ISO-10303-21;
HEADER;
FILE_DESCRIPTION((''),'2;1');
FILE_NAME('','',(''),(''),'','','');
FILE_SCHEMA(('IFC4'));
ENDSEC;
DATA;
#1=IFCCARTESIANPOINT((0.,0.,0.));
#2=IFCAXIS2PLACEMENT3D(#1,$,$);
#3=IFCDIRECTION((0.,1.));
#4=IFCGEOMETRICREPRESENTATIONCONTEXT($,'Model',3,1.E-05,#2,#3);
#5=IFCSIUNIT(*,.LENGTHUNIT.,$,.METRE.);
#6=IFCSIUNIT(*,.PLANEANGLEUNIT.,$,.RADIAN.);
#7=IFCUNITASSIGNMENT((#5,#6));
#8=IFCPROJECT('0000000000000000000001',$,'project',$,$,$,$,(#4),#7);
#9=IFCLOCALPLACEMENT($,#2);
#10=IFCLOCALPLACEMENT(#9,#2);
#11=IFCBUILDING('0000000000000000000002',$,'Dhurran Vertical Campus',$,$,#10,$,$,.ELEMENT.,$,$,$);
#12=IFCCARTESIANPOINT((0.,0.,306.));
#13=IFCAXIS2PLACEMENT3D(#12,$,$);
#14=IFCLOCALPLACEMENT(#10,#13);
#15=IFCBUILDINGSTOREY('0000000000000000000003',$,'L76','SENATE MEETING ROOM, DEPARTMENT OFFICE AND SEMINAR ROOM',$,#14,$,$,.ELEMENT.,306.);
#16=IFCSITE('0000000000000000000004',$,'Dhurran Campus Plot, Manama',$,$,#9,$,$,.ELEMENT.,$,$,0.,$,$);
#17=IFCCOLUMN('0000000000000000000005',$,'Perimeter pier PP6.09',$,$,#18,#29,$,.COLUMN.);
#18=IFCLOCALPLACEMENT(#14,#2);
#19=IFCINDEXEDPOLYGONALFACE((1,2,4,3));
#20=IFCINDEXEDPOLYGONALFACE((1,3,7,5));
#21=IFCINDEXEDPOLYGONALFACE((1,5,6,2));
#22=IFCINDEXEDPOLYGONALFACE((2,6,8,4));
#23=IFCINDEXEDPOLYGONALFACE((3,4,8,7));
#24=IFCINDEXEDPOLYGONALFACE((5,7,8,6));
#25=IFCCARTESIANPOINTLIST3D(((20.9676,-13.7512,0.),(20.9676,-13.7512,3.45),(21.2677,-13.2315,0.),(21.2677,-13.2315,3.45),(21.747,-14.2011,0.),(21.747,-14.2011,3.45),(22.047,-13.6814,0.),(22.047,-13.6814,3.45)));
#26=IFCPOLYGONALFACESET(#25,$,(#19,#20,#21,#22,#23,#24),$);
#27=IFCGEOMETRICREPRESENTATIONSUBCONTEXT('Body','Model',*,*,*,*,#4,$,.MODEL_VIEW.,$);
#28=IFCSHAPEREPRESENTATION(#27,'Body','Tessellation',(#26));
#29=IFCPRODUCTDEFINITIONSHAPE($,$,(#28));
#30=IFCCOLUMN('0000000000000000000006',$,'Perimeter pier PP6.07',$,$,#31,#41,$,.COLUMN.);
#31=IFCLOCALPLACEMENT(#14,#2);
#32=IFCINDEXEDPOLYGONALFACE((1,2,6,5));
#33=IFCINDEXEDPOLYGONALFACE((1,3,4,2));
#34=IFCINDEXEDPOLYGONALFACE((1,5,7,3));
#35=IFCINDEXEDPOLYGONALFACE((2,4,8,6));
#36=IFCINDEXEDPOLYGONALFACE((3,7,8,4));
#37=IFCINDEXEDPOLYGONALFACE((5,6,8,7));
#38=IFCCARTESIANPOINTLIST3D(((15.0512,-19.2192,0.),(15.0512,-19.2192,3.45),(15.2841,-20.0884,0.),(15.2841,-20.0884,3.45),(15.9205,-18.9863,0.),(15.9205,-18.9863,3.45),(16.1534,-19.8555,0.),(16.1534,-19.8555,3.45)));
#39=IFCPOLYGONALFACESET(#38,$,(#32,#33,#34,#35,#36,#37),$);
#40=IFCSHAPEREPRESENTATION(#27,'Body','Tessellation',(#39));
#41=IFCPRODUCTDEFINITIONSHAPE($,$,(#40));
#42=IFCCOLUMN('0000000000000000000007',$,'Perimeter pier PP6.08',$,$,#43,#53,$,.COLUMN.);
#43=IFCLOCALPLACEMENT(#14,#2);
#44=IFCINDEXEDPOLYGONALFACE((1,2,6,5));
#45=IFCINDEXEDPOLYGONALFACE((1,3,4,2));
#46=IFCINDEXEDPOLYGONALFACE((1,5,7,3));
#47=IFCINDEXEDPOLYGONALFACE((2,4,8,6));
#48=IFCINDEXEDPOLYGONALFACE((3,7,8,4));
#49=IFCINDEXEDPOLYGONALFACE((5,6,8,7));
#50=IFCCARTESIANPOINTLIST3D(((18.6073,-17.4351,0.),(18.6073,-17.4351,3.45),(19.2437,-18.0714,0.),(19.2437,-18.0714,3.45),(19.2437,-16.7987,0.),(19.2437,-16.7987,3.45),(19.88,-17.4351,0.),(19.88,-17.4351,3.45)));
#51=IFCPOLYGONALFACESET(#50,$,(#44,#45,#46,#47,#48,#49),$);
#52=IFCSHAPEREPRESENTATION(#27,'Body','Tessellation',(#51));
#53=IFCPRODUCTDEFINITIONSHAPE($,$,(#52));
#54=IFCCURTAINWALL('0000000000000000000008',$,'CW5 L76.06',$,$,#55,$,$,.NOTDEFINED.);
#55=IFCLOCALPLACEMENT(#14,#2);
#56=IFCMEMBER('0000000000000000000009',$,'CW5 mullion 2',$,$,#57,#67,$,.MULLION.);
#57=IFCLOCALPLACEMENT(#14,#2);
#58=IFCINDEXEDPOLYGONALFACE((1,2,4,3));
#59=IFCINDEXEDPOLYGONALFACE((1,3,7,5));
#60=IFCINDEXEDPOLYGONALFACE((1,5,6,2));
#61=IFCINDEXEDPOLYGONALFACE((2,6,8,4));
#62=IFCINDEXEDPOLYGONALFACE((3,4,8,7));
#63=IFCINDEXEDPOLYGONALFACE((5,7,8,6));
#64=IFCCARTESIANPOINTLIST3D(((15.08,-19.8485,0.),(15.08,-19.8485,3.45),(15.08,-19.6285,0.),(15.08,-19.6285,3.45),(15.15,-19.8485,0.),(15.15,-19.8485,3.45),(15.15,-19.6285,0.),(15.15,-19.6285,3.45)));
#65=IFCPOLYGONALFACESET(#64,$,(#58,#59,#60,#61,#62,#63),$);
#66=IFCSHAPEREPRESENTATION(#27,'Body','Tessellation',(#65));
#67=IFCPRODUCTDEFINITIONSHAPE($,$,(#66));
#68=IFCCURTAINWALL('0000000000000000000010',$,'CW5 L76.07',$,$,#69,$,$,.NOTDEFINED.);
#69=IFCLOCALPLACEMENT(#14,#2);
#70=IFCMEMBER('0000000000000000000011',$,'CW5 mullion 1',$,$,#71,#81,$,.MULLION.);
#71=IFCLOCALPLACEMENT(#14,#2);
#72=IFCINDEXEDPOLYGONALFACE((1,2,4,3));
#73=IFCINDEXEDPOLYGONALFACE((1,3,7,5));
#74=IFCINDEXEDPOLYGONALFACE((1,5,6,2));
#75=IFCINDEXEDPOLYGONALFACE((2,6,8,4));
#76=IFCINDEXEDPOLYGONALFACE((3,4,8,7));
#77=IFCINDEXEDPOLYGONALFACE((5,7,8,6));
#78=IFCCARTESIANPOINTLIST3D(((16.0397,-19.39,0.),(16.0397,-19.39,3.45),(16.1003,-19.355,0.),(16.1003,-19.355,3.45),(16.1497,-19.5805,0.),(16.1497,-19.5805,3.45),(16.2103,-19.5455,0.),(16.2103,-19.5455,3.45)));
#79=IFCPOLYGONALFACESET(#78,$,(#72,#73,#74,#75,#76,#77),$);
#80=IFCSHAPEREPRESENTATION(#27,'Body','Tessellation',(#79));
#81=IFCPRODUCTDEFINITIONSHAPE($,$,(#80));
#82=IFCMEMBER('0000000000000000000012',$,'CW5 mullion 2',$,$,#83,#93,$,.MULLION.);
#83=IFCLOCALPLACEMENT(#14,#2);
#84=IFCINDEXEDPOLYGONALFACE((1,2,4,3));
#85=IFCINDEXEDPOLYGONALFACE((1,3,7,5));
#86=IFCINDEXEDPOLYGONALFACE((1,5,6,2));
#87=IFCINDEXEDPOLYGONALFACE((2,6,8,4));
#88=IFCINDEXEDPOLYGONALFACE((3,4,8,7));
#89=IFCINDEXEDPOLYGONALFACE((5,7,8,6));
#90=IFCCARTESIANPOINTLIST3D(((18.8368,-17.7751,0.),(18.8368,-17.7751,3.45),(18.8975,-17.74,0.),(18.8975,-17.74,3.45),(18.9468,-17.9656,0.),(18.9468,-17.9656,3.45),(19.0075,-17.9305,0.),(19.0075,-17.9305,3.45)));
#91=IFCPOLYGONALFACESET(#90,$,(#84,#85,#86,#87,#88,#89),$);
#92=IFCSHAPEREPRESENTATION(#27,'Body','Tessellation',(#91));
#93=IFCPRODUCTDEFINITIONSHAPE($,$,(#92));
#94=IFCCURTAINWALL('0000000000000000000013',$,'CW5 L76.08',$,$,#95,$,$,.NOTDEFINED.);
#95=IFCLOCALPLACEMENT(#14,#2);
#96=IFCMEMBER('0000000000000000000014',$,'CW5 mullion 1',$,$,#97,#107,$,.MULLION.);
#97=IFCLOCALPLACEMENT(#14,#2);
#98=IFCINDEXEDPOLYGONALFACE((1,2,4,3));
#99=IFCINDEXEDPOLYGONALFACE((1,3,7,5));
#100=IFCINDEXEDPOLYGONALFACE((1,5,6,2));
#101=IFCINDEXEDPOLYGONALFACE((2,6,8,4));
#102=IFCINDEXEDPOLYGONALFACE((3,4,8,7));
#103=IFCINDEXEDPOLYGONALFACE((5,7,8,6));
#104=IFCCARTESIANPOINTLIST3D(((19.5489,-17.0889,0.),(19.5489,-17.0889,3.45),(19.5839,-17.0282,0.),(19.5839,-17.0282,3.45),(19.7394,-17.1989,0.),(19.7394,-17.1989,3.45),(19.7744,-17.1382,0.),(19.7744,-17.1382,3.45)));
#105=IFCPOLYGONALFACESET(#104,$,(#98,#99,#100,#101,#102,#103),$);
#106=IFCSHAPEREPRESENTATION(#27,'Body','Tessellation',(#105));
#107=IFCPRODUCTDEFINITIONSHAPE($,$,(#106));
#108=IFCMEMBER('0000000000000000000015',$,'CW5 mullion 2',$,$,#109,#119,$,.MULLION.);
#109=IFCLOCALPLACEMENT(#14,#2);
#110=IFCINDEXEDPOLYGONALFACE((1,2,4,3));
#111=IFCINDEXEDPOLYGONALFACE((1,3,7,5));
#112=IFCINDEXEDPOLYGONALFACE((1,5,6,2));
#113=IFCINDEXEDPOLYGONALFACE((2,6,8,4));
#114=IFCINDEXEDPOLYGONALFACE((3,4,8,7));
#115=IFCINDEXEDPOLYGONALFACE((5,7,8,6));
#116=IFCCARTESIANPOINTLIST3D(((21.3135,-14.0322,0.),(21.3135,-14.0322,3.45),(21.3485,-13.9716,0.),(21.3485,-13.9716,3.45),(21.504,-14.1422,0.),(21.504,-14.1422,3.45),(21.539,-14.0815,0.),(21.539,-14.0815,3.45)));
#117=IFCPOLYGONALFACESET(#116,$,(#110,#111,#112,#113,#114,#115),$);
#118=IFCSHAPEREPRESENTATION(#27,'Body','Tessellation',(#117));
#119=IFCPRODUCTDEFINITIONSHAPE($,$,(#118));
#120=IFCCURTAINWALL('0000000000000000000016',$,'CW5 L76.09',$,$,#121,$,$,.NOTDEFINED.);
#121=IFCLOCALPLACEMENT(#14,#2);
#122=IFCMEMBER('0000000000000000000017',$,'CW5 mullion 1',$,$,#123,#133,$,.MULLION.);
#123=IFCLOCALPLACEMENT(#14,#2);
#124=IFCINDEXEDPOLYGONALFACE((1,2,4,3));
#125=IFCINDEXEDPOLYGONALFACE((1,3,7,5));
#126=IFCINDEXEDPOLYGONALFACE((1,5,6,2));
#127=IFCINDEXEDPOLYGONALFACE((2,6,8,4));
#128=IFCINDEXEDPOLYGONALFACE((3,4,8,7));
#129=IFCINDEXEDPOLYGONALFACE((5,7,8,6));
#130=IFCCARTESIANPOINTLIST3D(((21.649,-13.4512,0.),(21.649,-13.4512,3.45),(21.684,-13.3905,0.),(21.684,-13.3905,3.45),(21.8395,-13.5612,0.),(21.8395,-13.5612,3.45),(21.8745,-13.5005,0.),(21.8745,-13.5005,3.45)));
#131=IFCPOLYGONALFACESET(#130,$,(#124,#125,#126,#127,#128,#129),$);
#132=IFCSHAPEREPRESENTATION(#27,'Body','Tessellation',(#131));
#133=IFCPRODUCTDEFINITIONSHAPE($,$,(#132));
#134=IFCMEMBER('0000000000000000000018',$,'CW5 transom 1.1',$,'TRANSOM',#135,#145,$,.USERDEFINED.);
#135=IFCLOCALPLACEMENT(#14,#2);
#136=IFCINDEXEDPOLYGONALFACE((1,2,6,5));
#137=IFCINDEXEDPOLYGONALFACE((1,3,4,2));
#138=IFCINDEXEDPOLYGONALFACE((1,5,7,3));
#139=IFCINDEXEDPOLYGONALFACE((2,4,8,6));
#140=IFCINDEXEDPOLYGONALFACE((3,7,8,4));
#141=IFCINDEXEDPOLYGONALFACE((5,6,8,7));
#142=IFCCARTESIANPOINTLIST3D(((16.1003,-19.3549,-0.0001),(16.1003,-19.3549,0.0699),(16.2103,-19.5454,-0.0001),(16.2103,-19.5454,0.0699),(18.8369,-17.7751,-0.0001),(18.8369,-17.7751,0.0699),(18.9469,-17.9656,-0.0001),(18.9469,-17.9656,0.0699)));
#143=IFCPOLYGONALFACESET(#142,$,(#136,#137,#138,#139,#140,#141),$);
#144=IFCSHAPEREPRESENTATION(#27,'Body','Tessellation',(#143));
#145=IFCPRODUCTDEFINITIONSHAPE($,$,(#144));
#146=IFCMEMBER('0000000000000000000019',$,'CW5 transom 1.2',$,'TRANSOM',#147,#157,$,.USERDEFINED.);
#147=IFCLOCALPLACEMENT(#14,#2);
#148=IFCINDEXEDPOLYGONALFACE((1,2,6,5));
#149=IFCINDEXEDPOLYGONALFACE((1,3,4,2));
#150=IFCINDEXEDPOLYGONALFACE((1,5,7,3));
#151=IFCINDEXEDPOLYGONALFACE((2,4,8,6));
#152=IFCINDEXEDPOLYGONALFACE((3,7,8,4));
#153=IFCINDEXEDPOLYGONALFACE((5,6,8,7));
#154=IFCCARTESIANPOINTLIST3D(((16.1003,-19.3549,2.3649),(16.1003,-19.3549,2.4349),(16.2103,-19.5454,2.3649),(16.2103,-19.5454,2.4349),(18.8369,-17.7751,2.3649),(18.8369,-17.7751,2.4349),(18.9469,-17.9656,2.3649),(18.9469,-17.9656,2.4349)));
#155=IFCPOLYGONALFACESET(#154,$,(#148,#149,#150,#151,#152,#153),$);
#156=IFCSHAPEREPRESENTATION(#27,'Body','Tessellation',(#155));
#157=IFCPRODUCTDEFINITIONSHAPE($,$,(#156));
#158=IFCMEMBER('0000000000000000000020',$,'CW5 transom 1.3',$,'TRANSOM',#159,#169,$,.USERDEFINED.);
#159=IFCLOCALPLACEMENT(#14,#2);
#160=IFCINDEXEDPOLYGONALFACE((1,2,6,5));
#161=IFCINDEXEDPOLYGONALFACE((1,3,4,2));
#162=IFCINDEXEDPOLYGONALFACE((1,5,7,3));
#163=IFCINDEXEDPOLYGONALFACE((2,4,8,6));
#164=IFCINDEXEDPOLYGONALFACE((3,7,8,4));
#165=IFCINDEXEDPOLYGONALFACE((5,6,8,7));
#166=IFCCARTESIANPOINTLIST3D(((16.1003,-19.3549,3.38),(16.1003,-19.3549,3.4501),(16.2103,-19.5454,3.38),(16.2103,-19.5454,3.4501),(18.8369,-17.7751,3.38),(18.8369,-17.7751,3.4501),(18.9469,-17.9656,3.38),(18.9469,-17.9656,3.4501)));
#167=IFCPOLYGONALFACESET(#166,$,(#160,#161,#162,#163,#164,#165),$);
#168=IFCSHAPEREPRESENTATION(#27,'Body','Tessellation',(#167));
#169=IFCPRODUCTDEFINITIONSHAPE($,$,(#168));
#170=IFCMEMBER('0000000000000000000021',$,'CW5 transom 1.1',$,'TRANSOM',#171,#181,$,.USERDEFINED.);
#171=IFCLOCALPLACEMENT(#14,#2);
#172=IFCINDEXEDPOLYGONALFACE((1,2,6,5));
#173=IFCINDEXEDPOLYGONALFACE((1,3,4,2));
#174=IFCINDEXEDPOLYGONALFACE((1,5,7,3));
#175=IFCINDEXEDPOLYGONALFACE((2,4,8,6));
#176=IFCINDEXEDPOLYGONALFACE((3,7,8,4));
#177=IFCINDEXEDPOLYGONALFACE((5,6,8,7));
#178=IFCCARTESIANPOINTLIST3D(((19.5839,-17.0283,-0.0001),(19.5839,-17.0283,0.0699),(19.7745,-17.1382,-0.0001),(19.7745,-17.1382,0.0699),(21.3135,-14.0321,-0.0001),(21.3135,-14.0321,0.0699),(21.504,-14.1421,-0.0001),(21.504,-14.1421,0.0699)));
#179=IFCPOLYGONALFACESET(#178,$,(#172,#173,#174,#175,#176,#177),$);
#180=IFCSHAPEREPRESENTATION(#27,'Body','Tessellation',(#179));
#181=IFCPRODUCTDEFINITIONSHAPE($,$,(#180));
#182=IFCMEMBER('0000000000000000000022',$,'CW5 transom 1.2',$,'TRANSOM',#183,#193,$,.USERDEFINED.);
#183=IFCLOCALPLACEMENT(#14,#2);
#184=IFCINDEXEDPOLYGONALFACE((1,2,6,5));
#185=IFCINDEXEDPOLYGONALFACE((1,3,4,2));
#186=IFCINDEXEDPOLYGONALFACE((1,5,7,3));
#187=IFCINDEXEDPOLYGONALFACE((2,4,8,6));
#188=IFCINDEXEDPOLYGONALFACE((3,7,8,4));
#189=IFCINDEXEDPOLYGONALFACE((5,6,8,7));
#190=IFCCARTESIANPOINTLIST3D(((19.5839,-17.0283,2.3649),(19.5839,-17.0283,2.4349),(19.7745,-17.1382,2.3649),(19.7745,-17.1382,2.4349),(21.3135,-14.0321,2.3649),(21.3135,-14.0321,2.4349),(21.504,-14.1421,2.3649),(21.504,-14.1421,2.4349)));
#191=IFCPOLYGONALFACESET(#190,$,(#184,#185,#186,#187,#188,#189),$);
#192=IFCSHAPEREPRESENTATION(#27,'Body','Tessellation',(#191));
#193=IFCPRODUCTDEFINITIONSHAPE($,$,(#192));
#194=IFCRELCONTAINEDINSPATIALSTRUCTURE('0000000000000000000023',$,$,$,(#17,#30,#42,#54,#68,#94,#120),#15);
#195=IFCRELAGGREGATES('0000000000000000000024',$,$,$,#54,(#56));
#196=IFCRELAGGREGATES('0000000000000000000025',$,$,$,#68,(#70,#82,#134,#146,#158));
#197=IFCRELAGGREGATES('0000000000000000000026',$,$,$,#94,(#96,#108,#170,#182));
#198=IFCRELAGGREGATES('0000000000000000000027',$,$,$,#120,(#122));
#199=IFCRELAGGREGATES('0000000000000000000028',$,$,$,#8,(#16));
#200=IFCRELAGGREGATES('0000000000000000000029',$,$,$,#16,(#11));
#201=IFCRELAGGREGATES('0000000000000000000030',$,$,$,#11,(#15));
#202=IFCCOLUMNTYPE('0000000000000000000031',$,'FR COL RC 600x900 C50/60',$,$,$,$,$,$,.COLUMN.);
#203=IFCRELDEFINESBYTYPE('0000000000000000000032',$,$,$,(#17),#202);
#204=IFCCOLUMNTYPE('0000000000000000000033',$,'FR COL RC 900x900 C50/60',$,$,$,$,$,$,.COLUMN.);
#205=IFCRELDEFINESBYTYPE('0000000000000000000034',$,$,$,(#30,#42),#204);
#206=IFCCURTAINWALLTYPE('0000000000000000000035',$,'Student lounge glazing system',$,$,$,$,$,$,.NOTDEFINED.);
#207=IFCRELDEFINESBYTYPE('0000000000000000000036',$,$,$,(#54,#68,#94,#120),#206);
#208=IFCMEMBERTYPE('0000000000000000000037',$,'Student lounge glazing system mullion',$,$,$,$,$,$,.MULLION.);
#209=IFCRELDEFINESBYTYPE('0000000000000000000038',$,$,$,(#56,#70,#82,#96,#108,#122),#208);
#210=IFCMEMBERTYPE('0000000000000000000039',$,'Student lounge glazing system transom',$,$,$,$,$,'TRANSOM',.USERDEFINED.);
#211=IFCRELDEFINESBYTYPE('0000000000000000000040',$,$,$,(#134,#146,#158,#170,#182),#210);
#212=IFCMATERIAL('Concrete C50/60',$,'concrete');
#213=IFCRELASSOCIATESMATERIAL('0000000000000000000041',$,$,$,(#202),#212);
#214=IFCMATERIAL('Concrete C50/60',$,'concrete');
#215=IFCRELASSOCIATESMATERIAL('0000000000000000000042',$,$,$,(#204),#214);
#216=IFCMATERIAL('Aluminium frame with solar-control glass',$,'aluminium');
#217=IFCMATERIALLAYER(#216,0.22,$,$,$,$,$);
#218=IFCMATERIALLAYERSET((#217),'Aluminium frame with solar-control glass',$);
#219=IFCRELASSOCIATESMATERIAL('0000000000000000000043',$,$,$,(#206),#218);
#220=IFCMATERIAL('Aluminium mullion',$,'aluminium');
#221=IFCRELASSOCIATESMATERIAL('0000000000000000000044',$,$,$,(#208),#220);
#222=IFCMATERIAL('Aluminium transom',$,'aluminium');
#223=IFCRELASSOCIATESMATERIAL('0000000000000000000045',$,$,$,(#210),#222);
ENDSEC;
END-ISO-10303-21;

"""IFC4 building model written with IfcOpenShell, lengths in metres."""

from ifc_helpers import new_model, si_unit, direction, frame, origin, origin_2d, place, context, subcontext, project, spatial, rectangle, extrude, material, layer, layer_set, material_profile, profile_set, type_object, element, aggregate, save


model = new_model("IFC4")

# Units and contexts
model_context = context("Model", 3, precision=1e-05, world=origin(), true_north=direction((0.0, 1.0)))
body_context = subcontext(model_context, "Body", "Model", "MODEL_VIEW")
ifc_project = project(units=[si_unit("LENGTHUNIT", "METRE"), si_unit("PLANEANGLEUNIT", "RADIAN")], contexts=[model_context])

# Site, building, storey
site_placement = place(None, origin())
site = spatial("IfcSite", under=ifc_project, at=site_placement, Name="Dhurran Campus Plot, Manama", CompositionType="ELEMENT", RefElevation=0.0)
building_placement = place(site_placement, origin())
building = spatial("IfcBuilding", under=site, at=building_placement, Name="Dhurran Vertical Campus", CompositionType="ELEMENT")
storey_placement = place(building_placement, frame((0.0, 0.0, 306.0)))
storey = spatial("IfcBuildingStorey", under=building, at=storey_placement, Name="L76", Description="SENATE MEETING ROOM, DEPARTMENT OFFICE AND SEMINAR ROOM", CompositionType="ELEMENT", Elevation=306.0)

# Columns
ifc_material_1 = material(Name="Concrete C50/60", Category="concrete")
ifc_material_profile_1 = material_profile(ifc_material_1, rectangle(XDim=0.6001, YDim=0.8999, at=origin_2d()), Name="RC 600x900")
ifc_profile_set_1 = profile_set([ifc_material_profile_1], Name="Concrete C50/60")
column_type_1 = type_object("IfcColumnType", Name="FR COL RC 600x900 C50/60", PredefinedType="COLUMN", material=ifc_profile_set_1)
column_placement = place(storey_placement, frame((21.5073, -13.7163, 0.0), z_axis=(0.0, 0.0, 1.0), x_axis=(0.5, 0.866025, 0.0)))
element("IfcColumn", 1, at=column_placement, inside=storey, type_object=column_type_1, Name="Perimeter pier PP6.09", PredefinedType="COLUMN", context=body_context, shape_type="SweptSolid", body=[
    extrude(rectangle(XDim=0.6001, YDim=0.8999, at=origin_2d()), origin(), (0.0, 0.0, 1.0), 3.45),
])
ifc_material_2 = material(Name="Concrete C50/60", Category="concrete")
ifc_material_profile_2 = material_profile(ifc_material_2, rectangle(XDim=0.8999, YDim=0.8999, at=origin_2d()), Name="RC 900x900")
ifc_profile_set_2 = profile_set([ifc_material_profile_2], Name="Concrete C50/60")
column_type_2 = type_object("IfcColumnType", Name="FR COL RC 900x900 C50/60", PredefinedType="COLUMN", material=ifc_profile_set_2)
for number, where, z_axis, x_axis, name in (
    (2, (15.6023, -19.5374, 0.0), (0.0, 0.0, 1.0), (0.965926, 0.258819, 0.0), "Perimeter pier PP6.07"),
    (3, (19.2437, -17.4351, 0.0), (0.0, 0.0, 1.0), (0.707107, 0.707107, 0.0), "Perimeter pier PP6.08"),
):
    element("IfcColumn", number, at=place(storey_placement, frame(where, z_axis=z_axis, x_axis=x_axis)), inside=storey, type_object=column_type_2, Name=name, PredefinedType="COLUMN", context=body_context, shape_type="SweptSolid", body=[
        extrude(rectangle(XDim=0.8999, YDim=0.8999, at=origin_2d()), origin(), (0.0, 0.0, 1.0), 3.45),
    ])

# Curtain wall, member
ifc_material_3 = material(Name="Aluminium frame with solar-control glass", Category="aluminium")
ifc_layer_1 = layer(ifc_material_3, 0.22)
ifc_layer_set_1 = layer_set([ifc_layer_1], Name="Aluminium frame with solar-control glass")
curtain_wall_type = type_object("IfcCurtainWallType", Name="Student lounge glazing system", PredefinedType="NOTDEFINED", material=ifc_layer_set_1)
curtain_wall_1_placement = place(storey_placement, origin())
curtain_wall_1 = element("IfcCurtainWall", 4, at=curtain_wall_1_placement, inside=storey, type_object=curtain_wall_type, Name="CW5 L76.06", PredefinedType="NOTDEFINED")
ifc_material_4 = material(Name="Aluminium mullion", Category="aluminium")
ifc_material_profile_3 = material_profile(ifc_material_4, rectangle(XDim=0.22, YDim=0.0701, at=origin_2d()), Name="Student lounge glazing system mullion")
ifc_profile_set_3 = profile_set([ifc_material_profile_3], Name="Aluminium mullion")
member_type_1 = type_object("IfcMemberType", Name="Student lounge glazing system mullion", PredefinedType="MULLION", material=ifc_profile_set_3)
member_1_placement = place(storey_placement, frame((15.115, -19.7385, 0.0), z_axis=(0.0, 0.0, 1.0), x_axis=(0.0, 1.0, 0.0)))
member_1 = element("IfcMember", 5, at=member_1_placement, type_object=member_type_1, Name="CW5 mullion 2", PredefinedType="MULLION", context=body_context, shape_type="SweptSolid", body=[
    extrude(rectangle(XDim=0.22, YDim=0.0701, at=origin_2d()), origin(), (0.0, 0.0, 1.0), 3.45),
])

# Curtain walls, members
curtain_wall_2_placement = place(storey_placement, origin())
curtain_wall_2 = element("IfcCurtainWall", 6, at=curtain_wall_2_placement, inside=storey, type_object=curtain_wall_type, Name="CW5 L76.07", PredefinedType="NOTDEFINED")
member_2_placement = place(storey_placement, frame((16.125, -19.4678, 0.0), z_axis=(0.0, 0.0, 1.0), x_axis=(-0.500001, 0.866025, 0.0)))
member_2 = element("IfcMember", 7, at=member_2_placement, type_object=member_type_1, Name="CW5 mullion 1", PredefinedType="MULLION", context=body_context, shape_type="SweptSolid", body=[
    extrude(rectangle(XDim=0.22, YDim=0.0701, at=origin_2d()), origin(), (0.0, 0.0, 1.0), 3.45),
])
member_3_placement = place(storey_placement, frame((18.9221, -17.8528, 0.0), z_axis=(0.0, 0.0, 1.0), x_axis=(-0.500001, 0.866025, 0.0)))
member_3 = element("IfcMember", 8, at=member_3_placement, type_object=member_type_1, Name="CW5 mullion 2", PredefinedType="MULLION", context=body_context, shape_type="SweptSolid", body=[
    extrude(rectangle(XDim=0.22, YDim=0.0701, at=origin_2d()), origin(), (0.0, 0.0, 1.0), 3.45),
])
curtain_wall_3_placement = place(storey_placement, origin())
curtain_wall_3 = element("IfcCurtainWall", 9, at=curtain_wall_3_placement, inside=storey, type_object=curtain_wall_type, Name="CW5 L76.08", PredefinedType="NOTDEFINED")
member_4_placement = place(storey_placement, frame((19.6616, -17.1135, 0.0), z_axis=(0.0, 0.0, 1.0), x_axis=(-0.866027, 0.499997, 0.0)))
member_4 = element("IfcMember", 10, at=member_4_placement, type_object=member_type_1, Name="CW5 mullion 1", PredefinedType="MULLION", context=body_context, shape_type="SweptSolid", body=[
    extrude(rectangle(XDim=0.22, YDim=0.0701, at=origin_2d()), origin(), (0.0, 0.0, 1.0), 3.45),
])
member_5_placement = place(storey_placement, frame((21.4263, -14.0569, 0.0), z_axis=(0.0, 0.0, 1.0), x_axis=(-0.866027, 0.499997, 0.0)))
member_5 = element("IfcMember", 11, at=member_5_placement, type_object=member_type_1, Name="CW5 mullion 2", PredefinedType="MULLION", context=body_context, shape_type="SweptSolid", body=[
    extrude(rectangle(XDim=0.22, YDim=0.0701, at=origin_2d()), origin(), (0.0, 0.0, 1.0), 3.45),
])

# Curtain wall, member
curtain_wall_4_placement = place(storey_placement, origin())
curtain_wall_4 = element("IfcCurtainWall", 12, at=curtain_wall_4_placement, inside=storey, type_object=curtain_wall_type, Name="CW5 L76.09", PredefinedType="NOTDEFINED")
member_6_placement = place(storey_placement, frame((21.7617, -13.4758, 0.0), z_axis=(0.0, 0.0, 1.0), x_axis=(-0.866023, 0.500004, 0.0)))
member_6 = element("IfcMember", 13, at=member_6_placement, type_object=member_type_1, Name="CW5 mullion 1", PredefinedType="MULLION", context=body_context, shape_type="SweptSolid", body=[
    extrude(rectangle(XDim=0.22, YDim=0.0701, at=origin_2d()), origin(), (0.0, 0.0, 1.0), 3.45),
])

# Members
ifc_material_5 = material(Name="Aluminium transom", Category="aluminium")
ifc_material_profile_4 = material_profile(ifc_material_5, rectangle(XDim=0.22, YDim=0.0701, at=origin_2d()), Name="Student lounge glazing system transom")
ifc_profile_set_4 = profile_set([ifc_material_profile_4], Name="Aluminium transom")
member_type_2 = type_object("IfcMemberType", Name="Student lounge glazing system transom", ElementType="TRANSOM", PredefinedType="USERDEFINED", material=ifc_profile_set_4)
member_7_placement = place(storey_placement, frame((16.1553, -19.4502, 0.0349), z_axis=(0.866043, 0.49997, 0.0), x_axis=(-0.49997, 0.866043, 0.0)))
member_7 = element("IfcMember", 14, at=member_7_placement, type_object=member_type_2, Name="CW5 transom 1.1", ObjectType="TRANSOM", PredefinedType="USERDEFINED", context=body_context, shape_type="SweptSolid", body=[
    extrude(rectangle(XDim=0.22, YDim=0.0701, at=origin_2d()), origin(), (0.0, 0.0, 1.0), 3.1599),
])
member_8_placement = place(storey_placement, frame((16.1553, -19.4502, 2.3999), z_axis=(0.866043, 0.49997, 0.0), x_axis=(-0.49997, 0.866043, 0.0)))
member_8 = element("IfcMember", 15, at=member_8_placement, type_object=member_type_2, Name="CW5 transom 1.2", ObjectType="TRANSOM", PredefinedType="USERDEFINED", context=body_context, shape_type="SweptSolid", body=[
    extrude(rectangle(XDim=0.22, YDim=0.0701, at=origin_2d()), origin(), (0.0, 0.0, 1.0), 3.1599),
])
member_9_placement = place(storey_placement, frame((16.1553, -19.4502, 3.415), z_axis=(0.866043, 0.49997, 0.0), x_axis=(-0.49997, 0.866043, 0.0)))
member_9 = element("IfcMember", 16, at=member_9_placement, type_object=member_type_2, Name="CW5 transom 1.3", ObjectType="TRANSOM", PredefinedType="USERDEFINED", context=body_context, shape_type="SweptSolid", body=[
    extrude(rectangle(XDim=0.22, YDim=0.0701, at=origin_2d()), origin(), (0.0, 0.0, 1.0), 3.1599),
])
member_10_placement = place(storey_placement, frame((19.6792, -17.0833, 0.0349), z_axis=(0.499934, 0.866063, 0.0), x_axis=(-0.866063, 0.499934, 0.0)))
member_10 = element("IfcMember", 17, at=member_10_placement, type_object=member_type_2, Name="CW5 transom 1.1", ObjectType="TRANSOM", PredefinedType="USERDEFINED", context=body_context, shape_type="SweptSolid", body=[
    extrude(rectangle(XDim=0.22, YDim=0.0701, at=origin_2d()), origin(), (0.0, 0.0, 1.0), 3.4595),
])
member_11_placement = place(storey_placement, frame((19.6792, -17.0833, 2.3999), z_axis=(0.499934, 0.866063, 0.0), x_axis=(-0.866063, 0.499934, 0.0)))
member_11 = element("IfcMember", 18, at=member_11_placement, type_object=member_type_2, Name="CW5 transom 1.2", ObjectType="TRANSOM", PredefinedType="USERDEFINED", context=body_context, shape_type="SweptSolid", body=[
    extrude(rectangle(XDim=0.22, YDim=0.0701, at=origin_2d()), origin(), (0.0, 0.0, 1.0), 3.4595),
])

aggregate(curtain_wall_1, [member_1])
aggregate(curtain_wall_2, [member_2, member_3, member_7, member_8, member_9])
aggregate(curtain_wall_3, [member_4, member_5, member_10, member_11])
aggregate(curtain_wall_4, [member_6])

save(model, "model.ifc")
